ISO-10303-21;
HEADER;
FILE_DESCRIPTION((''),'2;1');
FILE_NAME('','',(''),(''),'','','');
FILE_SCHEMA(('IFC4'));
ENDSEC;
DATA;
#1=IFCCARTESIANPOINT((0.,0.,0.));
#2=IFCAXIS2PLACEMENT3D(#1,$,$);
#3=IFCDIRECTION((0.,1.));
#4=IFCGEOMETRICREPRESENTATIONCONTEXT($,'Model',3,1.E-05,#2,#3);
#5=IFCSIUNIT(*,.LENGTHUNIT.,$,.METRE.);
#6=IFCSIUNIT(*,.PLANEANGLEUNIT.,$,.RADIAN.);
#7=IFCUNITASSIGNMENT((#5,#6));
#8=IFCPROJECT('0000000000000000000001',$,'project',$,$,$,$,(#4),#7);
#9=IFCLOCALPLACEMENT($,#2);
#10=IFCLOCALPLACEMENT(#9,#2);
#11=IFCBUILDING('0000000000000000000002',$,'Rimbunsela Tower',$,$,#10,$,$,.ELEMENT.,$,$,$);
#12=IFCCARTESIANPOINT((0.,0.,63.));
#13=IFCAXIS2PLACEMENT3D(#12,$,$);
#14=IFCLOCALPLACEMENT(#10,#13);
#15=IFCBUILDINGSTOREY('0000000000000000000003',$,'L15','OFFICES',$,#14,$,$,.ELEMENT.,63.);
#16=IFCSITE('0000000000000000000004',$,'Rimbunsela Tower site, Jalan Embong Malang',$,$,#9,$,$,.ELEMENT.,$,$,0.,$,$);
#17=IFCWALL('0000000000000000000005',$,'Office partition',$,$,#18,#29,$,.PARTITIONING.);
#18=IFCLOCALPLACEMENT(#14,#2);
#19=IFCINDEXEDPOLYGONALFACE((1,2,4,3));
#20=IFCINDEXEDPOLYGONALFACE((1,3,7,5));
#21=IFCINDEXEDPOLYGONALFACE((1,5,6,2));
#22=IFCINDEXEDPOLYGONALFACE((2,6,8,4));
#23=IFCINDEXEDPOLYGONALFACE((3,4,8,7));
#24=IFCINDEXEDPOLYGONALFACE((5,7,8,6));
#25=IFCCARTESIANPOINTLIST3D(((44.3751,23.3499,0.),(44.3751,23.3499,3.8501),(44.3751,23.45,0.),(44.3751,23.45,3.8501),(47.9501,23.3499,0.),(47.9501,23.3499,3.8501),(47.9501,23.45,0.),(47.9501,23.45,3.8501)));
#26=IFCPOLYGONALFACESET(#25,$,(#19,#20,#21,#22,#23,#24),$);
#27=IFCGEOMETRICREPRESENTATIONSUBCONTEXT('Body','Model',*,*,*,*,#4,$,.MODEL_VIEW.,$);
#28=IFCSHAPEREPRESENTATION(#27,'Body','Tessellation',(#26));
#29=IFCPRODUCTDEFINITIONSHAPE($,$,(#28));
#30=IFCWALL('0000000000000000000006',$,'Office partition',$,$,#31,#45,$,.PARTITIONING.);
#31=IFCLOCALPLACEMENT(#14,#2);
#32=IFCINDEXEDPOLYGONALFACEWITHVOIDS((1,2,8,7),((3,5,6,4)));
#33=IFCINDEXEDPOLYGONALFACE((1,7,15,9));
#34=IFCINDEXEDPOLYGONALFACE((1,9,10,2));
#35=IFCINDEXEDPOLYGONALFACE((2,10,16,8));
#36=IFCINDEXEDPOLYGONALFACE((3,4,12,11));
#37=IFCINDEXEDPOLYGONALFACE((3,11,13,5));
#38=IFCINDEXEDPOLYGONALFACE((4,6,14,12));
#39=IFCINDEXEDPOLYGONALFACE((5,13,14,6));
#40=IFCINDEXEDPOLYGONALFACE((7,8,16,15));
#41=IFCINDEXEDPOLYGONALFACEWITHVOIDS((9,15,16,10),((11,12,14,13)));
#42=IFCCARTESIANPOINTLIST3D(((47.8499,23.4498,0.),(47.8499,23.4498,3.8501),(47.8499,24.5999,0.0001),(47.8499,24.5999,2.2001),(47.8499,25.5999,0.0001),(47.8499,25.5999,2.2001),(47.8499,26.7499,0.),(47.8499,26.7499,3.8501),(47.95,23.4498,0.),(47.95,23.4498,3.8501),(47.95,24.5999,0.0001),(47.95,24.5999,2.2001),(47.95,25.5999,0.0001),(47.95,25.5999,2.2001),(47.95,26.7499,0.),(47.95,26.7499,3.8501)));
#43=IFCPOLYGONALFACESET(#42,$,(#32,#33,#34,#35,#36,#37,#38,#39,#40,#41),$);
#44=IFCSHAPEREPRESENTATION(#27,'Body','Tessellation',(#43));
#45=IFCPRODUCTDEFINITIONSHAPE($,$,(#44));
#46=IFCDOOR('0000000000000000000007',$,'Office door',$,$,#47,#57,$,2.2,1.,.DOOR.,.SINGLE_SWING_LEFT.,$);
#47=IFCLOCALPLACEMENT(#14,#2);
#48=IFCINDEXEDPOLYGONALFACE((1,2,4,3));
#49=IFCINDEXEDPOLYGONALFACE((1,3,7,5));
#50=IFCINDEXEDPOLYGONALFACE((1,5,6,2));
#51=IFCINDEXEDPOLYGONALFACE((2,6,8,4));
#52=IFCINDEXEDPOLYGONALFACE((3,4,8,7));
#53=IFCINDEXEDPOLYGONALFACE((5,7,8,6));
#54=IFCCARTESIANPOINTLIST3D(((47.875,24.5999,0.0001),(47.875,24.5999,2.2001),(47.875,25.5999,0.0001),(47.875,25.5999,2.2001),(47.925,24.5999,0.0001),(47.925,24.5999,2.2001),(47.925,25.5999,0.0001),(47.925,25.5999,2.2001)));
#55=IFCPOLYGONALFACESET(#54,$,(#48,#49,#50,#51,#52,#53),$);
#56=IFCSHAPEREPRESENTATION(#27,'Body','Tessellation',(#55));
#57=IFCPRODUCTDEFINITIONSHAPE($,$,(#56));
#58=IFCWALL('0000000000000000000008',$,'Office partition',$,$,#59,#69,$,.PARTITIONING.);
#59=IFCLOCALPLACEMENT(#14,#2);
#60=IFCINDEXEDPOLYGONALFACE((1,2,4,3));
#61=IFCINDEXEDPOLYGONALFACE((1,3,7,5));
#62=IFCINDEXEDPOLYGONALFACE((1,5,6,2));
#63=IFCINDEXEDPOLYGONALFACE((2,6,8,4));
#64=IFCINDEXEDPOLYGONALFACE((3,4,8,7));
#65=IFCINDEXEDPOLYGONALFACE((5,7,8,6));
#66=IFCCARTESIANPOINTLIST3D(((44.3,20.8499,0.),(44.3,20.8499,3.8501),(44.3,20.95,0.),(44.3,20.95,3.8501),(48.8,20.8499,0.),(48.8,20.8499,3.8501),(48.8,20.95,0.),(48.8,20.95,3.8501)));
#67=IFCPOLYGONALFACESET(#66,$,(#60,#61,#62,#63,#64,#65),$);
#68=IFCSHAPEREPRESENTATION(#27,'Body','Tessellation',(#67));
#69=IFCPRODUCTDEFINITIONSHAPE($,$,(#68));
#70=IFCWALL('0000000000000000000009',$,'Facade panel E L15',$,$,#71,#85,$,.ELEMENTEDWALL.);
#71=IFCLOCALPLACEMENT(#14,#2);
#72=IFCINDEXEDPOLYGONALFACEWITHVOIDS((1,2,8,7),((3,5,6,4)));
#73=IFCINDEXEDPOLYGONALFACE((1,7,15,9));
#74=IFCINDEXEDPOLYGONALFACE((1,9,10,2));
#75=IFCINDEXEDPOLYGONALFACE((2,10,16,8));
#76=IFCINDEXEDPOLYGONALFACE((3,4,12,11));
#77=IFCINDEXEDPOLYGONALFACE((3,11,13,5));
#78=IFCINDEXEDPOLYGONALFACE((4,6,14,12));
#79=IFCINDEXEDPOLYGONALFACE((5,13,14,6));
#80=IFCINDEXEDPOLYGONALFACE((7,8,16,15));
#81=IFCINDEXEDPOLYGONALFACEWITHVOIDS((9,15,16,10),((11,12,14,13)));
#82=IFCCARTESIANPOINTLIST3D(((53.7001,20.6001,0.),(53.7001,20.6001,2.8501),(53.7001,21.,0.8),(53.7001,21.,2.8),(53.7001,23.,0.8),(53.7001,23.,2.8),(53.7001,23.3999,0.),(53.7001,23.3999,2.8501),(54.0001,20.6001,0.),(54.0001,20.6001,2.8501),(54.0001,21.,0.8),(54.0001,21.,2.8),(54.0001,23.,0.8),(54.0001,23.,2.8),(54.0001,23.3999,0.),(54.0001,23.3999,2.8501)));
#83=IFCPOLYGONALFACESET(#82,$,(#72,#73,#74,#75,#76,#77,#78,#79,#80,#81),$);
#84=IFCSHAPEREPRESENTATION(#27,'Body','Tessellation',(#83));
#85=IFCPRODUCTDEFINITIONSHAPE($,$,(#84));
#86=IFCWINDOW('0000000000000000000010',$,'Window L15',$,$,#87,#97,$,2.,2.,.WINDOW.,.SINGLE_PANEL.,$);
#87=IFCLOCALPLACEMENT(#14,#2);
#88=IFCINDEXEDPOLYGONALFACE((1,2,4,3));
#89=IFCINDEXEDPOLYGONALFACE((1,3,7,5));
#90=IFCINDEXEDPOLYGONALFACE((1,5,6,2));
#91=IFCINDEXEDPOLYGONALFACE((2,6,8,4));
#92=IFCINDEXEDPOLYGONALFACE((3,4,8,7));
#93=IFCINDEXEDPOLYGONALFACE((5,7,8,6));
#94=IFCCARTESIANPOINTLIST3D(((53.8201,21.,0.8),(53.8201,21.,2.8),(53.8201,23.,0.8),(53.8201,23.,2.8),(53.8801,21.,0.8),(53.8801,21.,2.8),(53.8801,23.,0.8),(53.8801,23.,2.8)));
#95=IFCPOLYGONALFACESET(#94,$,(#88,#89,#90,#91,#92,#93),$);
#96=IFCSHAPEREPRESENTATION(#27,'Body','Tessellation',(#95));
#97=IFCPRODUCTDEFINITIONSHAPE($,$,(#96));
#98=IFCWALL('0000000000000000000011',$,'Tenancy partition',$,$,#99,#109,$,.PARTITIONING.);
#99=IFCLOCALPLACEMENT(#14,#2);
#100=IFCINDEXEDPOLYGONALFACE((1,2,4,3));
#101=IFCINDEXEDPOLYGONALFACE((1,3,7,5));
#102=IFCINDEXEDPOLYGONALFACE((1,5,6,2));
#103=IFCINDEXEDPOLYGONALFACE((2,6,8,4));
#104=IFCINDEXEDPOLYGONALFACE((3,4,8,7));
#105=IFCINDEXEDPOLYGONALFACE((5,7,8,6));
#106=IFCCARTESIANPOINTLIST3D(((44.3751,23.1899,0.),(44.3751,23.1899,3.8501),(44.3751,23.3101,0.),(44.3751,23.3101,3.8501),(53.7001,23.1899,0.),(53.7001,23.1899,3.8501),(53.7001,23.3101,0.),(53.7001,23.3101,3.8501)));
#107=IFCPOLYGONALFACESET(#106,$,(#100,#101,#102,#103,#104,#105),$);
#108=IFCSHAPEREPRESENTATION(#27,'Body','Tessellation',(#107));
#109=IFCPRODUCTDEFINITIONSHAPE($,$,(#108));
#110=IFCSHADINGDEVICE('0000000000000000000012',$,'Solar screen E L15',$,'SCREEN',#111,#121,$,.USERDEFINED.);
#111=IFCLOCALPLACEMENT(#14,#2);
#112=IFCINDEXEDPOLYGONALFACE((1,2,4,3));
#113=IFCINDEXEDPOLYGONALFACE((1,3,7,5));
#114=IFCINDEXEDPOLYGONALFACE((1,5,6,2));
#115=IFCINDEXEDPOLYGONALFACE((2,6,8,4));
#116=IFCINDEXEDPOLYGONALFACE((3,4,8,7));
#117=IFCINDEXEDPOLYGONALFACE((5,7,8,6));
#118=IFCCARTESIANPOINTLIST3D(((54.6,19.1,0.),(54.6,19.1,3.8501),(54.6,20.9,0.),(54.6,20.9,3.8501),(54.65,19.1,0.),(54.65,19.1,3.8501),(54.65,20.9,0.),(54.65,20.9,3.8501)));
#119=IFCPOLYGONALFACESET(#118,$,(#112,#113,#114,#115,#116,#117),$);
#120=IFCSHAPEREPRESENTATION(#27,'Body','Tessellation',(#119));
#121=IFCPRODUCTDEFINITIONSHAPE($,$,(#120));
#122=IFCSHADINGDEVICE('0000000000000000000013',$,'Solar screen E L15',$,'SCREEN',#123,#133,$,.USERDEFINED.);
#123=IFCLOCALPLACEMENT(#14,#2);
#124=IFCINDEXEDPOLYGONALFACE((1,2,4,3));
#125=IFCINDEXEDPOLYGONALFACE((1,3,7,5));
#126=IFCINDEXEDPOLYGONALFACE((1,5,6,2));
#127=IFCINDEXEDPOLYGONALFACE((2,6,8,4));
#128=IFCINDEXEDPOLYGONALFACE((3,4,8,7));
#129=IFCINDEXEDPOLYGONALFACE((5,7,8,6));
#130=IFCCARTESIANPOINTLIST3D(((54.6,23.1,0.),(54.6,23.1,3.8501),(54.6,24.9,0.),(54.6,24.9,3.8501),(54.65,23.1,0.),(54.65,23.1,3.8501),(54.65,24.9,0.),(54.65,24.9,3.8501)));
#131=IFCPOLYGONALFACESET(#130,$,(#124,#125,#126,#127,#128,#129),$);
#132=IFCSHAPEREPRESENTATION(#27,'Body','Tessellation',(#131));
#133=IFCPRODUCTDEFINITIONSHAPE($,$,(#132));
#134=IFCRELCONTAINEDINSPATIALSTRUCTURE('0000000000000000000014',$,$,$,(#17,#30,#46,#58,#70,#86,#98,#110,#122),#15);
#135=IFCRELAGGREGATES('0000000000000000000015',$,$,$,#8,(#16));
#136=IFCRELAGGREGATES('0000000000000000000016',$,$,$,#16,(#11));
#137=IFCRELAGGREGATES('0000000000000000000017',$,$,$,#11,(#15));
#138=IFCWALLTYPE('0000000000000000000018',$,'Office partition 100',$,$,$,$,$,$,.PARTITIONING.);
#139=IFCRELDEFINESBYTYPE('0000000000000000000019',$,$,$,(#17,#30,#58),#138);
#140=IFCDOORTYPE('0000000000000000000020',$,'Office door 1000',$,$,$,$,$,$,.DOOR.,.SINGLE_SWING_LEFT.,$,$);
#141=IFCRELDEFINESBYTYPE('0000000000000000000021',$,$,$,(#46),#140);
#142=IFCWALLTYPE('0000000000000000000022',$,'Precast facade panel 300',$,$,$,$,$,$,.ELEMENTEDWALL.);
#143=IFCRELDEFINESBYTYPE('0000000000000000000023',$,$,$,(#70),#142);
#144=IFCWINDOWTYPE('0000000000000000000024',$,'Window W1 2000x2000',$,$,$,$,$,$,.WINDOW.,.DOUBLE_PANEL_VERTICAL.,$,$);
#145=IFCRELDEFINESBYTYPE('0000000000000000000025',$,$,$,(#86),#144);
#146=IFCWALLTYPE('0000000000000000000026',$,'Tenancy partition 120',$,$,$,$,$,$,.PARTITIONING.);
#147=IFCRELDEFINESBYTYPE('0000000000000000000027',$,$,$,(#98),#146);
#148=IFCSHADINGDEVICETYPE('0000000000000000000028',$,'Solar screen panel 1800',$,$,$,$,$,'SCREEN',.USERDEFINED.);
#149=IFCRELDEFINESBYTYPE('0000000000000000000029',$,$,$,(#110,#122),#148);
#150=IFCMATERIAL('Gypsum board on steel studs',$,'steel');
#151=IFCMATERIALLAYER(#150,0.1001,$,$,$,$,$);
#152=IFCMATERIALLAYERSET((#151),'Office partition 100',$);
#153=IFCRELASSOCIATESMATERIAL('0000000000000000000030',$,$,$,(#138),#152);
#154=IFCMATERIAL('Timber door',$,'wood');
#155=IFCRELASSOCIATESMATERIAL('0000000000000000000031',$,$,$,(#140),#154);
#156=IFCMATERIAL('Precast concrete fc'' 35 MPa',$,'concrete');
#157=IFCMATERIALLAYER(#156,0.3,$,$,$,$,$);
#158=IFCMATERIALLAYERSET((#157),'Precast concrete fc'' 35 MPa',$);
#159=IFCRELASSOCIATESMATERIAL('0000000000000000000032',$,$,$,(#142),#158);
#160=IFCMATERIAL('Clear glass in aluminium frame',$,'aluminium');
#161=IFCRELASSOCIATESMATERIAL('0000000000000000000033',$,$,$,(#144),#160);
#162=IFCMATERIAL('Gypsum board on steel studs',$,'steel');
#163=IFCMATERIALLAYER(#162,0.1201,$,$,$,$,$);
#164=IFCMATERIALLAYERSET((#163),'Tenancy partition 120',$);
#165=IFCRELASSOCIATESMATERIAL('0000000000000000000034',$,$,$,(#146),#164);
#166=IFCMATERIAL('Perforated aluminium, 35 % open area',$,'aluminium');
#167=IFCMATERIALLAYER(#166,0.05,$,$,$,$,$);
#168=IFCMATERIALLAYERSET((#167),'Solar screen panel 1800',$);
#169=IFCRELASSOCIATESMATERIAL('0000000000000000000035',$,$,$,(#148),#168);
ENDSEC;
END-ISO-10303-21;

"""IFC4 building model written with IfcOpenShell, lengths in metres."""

from ifc_helpers import new_model, si_unit, direction, frame, frame_2d, origin, origin_2d, place, context, subcontext, project, spatial, rectangle, extrude, material, layer, layer_set, type_object, element, fill, save


model = new_model("IFC4")

# Units and contexts
model_context = context("Model", 3, precision=1e-05, world=origin(), true_north=direction((0.0, 1.0)))
body_context = subcontext(model_context, "Body", "Model", "MODEL_VIEW")
ifc_project = project(units=[si_unit("LENGTHUNIT", "METRE"), si_unit("PLANEANGLEUNIT", "RADIAN")], contexts=[model_context])

# Site, building, storey
site_placement = place(None, origin())
site = spatial("IfcSite", under=ifc_project, at=site_placement, Name="Rimbunsela Tower site, Jalan Embong Malang", CompositionType="ELEMENT", RefElevation=0.0)
building_placement = place(site_placement, origin())
building = spatial("IfcBuilding", under=site, at=building_placement, Name="Rimbunsela Tower", CompositionType="ELEMENT")
storey_placement = place(building_placement, frame((0.0, 0.0, 63.0)))
storey = spatial("IfcBuildingStorey", under=building, at=storey_placement, Name="L15", Description="OFFICES", CompositionType="ELEMENT", Elevation=63.0)

# Wall
ifc_material_1 = material(Name="Gypsum board on steel studs", Category="steel")
ifc_layer_1 = layer(ifc_material_1, 0.1001)
ifc_layer_set_1 = layer_set([ifc_layer_1], Name="Office partition 100")
wall_type_1 = type_object("IfcWallType", Name="Office partition 100", PredefinedType="PARTITIONING", material=ifc_layer_set_1)
wall_1_placement = place(storey_placement, frame((44.375, 23.3999, 0.0), z_axis=(0.0, 0.0, 1.0), x_axis=(1.0, 0.0, 0.0)))
element("IfcWall", 1, at=wall_1_placement, inside=storey, type_object=wall_type_1, Name="Office partition", PredefinedType="PARTITIONING", context=body_context, shape_type="SweptSolid", body=[
    extrude(rectangle(XDim=3.575, YDim=0.1001, at=frame_2d((1.7876, 0.0))), origin(), (0.0, 0.0, 1.0), 3.8501),
])

# Wall, opening, door
wall_2_placement = place(storey_placement, frame((47.8999, 23.45, 0.0), z_axis=(0.0, 0.0, 1.0), x_axis=(0.0, 1.0, 0.0)))
wall_2 = element("IfcWall", 2, at=wall_2_placement, inside=storey, type_object=wall_type_1, Name="Office partition", PredefinedType="PARTITIONING", context=body_context, shape_type="SweptSolid", body=[
    extrude(rectangle(XDim=3.3, YDim=0.1001, at=frame_2d((1.6499, 0.0))), origin(), (0.0, 0.0, 1.0), 3.8501),
])
opening_1_placement = place(wall_2_placement, frame((1.1499, 0.0, 0.0)))
opening_1 = element("IfcOpeningElement", 3, at=opening_1_placement, cuts=wall_2, PredefinedType="OPENING", context=body_context, shape_type="SweptSolid", body=[
    extrude(rectangle(XDim=1.0, YDim=2.2, at=frame_2d((0.5, 1.1001))), frame((0.0, 0.0601, 0.0), z_axis=(0.0, -1.0, 0.0), x_axis=(1.0, 0.0, 0.0)), (0.0, 0.0, 1.0), 0.1201),
])
ifc_material_2 = material(Name="Timber door", Category="wood")
door_type = type_object("IfcDoorType", Name="Office door 1000", OperationType="SINGLE_SWING_LEFT", PredefinedType="DOOR", material=ifc_material_2)
door_placement = place(opening_1_placement, origin())
door = element("IfcDoor", 4, at=door_placement, inside=storey, type_object=door_type, Name="Office door", OperationType="SINGLE_SWING_LEFT", OverallHeight=2.2, OverallWidth=1.0, PredefinedType="DOOR", context=body_context, shape_type="SweptSolid", body=[
    extrude(rectangle(XDim=1.0, YDim=2.2, at=frame_2d((0.5, 1.1001))), frame((0.0, 0.0249, 0.0), z_axis=(0.0, -1.0, 0.0), x_axis=(1.0, 0.0, 0.0)), (0.0, 0.0, 1.0), 0.05),
])
fill(opening_1, door)

# Wall
wall_3_placement = place(storey_placement, frame((48.8, 20.8999, 0.0), z_axis=(0.0, 0.0, 1.0), x_axis=(-1.0, 0.0, 0.0)))
element("IfcWall", 5, at=wall_3_placement, inside=storey, type_object=wall_type_1, Name="Office partition", PredefinedType="PARTITIONING", context=body_context, shape_type="SweptSolid", body=[
    extrude(rectangle(XDim=4.5, YDim=0.1001, at=frame_2d((2.25, 0.0))), origin(), (0.0, 0.0, 1.0), 3.8501),
])

# Wall, opening, window
ifc_material_3 = material(Name="Precast concrete fc' 35 MPa", Category="concrete")
ifc_layer_2 = layer(ifc_material_3, 0.3)
ifc_layer_set_2 = layer_set([ifc_layer_2], Name="Precast concrete fc' 35 MPa")
wall_type_2 = type_object("IfcWallType", Name="Precast facade panel 300", PredefinedType="ELEMENTEDWALL", material=ifc_layer_set_2)
wall_4_placement = place(storey_placement, frame((53.8501, 20.6001, 0.0), z_axis=(0.0, 0.0, 1.0), x_axis=(0.0, 1.0, 0.0)))
wall_4 = element("IfcWall", 6, at=wall_4_placement, inside=storey, type_object=wall_type_2, Name="Facade panel E L15", PredefinedType="ELEMENTEDWALL", context=body_context, shape_type="SweptSolid", body=[
    extrude(rectangle(XDim=2.7998, YDim=0.3, at=frame_2d((1.3999, 0.0))), origin(), (0.0, 0.0, 1.0), 2.8501),
])
opening_2_placement = place(wall_4_placement, frame((0.3999, 0.0, 0.8)))
opening_2 = element("IfcOpeningElement", 7, at=opening_2_placement, cuts=wall_4, PredefinedType="OPENING", context=body_context, shape_type="SweptSolid", body=[
    extrude(rectangle(XDim=2.0, YDim=2.0, at=frame_2d((1.0, 1.0))), frame((0.0, 0.1599, 0.0), z_axis=(0.0, -1.0, 0.0), x_axis=(1.0, 0.0, 0.0)), (0.0, 0.0, 1.0), 0.3201),
])
ifc_material_4 = material(Name="Clear glass in aluminium frame", Category="aluminium")
window_type = type_object("IfcWindowType", Name="Window W1 2000x2000", PartitioningType="DOUBLE_PANEL_VERTICAL", PredefinedType="WINDOW", material=ifc_material_4)
window_placement = place(opening_2_placement, origin())
window = element("IfcWindow", 8, at=window_placement, inside=storey, type_object=window_type, Name="Window L15", OverallHeight=2.0, OverallWidth=2.0, PartitioningType="SINGLE_PANEL", PredefinedType="WINDOW", context=body_context, shape_type="SweptSolid", body=[
    extrude(rectangle(XDim=2.0, YDim=2.0, at=frame_2d((1.0, 1.0))), frame((0.0, 0.03, 0.0), z_axis=(0.0, -1.0, 0.0), x_axis=(1.0, 0.0, 0.0)), (0.0, 0.0, 1.0), 0.0601),
])
fill(opening_2, window)

# Wall
ifc_material_5 = material(Name="Gypsum board on steel studs", Category="steel")
ifc_layer_3 = layer(ifc_material_5, 0.1201)
ifc_layer_set_3 = layer_set([ifc_layer_3], Name="Tenancy partition 120")
wall_type_3 = type_object("IfcWallType", Name="Tenancy partition 120", PredefinedType="PARTITIONING", material=ifc_layer_set_3)
wall_5_placement = place(storey_placement, frame((44.375, 23.25, 0.0), z_axis=(0.0, 0.0, 1.0), x_axis=(1.0, 0.0, 0.0)))
element("IfcWall", 9, at=wall_5_placement, inside=storey, type_object=wall_type_3, Name="Tenancy partition", PredefinedType="PARTITIONING", context=body_context, shape_type="SweptSolid", body=[
    extrude(rectangle(XDim=9.325, YDim=0.1201, at=frame_2d((4.6626, 0.0))), origin(), (0.0, 0.0, 1.0), 3.8501),
])

# Shading devices
ifc_material_6 = material(Name="Perforated aluminium, 35 % open area", Category="aluminium")
ifc_layer_4 = layer(ifc_material_6, 0.05)
ifc_layer_set_4 = layer_set([ifc_layer_4], Name="Solar screen panel 1800")
shading_device_type = type_object("IfcShadingDeviceType", Name="Solar screen panel 1800", ElementType="SCREEN", PredefinedType="USERDEFINED", material=ifc_layer_set_4)
for number, where, z_axis, x_axis, name in (
    (10, (54.625, 20.0, 0.0), (0.0, 0.0, 1.0), (0.0, 1.0, 0.0), "Solar screen E L15"),
    (11, (54.625, 24.0, 0.0), (0.0, 0.0, 1.0), (0.0, 1.0, 0.0), "Solar screen E L15"),
):
    element("IfcShadingDevice", number, at=place(storey_placement, frame(where, z_axis=z_axis, x_axis=x_axis)), inside=storey, type_object=shading_device_type, Name=name, ObjectType="SCREEN", PredefinedType="USERDEFINED", context=body_context, shape_type="SweptSolid", body=[
        extrude(rectangle(XDim=1.8, YDim=0.05, at=origin_2d()), origin(), (0.0, 0.0, 1.0), 3.8501),
    ])

save(model, "model.ifc")
